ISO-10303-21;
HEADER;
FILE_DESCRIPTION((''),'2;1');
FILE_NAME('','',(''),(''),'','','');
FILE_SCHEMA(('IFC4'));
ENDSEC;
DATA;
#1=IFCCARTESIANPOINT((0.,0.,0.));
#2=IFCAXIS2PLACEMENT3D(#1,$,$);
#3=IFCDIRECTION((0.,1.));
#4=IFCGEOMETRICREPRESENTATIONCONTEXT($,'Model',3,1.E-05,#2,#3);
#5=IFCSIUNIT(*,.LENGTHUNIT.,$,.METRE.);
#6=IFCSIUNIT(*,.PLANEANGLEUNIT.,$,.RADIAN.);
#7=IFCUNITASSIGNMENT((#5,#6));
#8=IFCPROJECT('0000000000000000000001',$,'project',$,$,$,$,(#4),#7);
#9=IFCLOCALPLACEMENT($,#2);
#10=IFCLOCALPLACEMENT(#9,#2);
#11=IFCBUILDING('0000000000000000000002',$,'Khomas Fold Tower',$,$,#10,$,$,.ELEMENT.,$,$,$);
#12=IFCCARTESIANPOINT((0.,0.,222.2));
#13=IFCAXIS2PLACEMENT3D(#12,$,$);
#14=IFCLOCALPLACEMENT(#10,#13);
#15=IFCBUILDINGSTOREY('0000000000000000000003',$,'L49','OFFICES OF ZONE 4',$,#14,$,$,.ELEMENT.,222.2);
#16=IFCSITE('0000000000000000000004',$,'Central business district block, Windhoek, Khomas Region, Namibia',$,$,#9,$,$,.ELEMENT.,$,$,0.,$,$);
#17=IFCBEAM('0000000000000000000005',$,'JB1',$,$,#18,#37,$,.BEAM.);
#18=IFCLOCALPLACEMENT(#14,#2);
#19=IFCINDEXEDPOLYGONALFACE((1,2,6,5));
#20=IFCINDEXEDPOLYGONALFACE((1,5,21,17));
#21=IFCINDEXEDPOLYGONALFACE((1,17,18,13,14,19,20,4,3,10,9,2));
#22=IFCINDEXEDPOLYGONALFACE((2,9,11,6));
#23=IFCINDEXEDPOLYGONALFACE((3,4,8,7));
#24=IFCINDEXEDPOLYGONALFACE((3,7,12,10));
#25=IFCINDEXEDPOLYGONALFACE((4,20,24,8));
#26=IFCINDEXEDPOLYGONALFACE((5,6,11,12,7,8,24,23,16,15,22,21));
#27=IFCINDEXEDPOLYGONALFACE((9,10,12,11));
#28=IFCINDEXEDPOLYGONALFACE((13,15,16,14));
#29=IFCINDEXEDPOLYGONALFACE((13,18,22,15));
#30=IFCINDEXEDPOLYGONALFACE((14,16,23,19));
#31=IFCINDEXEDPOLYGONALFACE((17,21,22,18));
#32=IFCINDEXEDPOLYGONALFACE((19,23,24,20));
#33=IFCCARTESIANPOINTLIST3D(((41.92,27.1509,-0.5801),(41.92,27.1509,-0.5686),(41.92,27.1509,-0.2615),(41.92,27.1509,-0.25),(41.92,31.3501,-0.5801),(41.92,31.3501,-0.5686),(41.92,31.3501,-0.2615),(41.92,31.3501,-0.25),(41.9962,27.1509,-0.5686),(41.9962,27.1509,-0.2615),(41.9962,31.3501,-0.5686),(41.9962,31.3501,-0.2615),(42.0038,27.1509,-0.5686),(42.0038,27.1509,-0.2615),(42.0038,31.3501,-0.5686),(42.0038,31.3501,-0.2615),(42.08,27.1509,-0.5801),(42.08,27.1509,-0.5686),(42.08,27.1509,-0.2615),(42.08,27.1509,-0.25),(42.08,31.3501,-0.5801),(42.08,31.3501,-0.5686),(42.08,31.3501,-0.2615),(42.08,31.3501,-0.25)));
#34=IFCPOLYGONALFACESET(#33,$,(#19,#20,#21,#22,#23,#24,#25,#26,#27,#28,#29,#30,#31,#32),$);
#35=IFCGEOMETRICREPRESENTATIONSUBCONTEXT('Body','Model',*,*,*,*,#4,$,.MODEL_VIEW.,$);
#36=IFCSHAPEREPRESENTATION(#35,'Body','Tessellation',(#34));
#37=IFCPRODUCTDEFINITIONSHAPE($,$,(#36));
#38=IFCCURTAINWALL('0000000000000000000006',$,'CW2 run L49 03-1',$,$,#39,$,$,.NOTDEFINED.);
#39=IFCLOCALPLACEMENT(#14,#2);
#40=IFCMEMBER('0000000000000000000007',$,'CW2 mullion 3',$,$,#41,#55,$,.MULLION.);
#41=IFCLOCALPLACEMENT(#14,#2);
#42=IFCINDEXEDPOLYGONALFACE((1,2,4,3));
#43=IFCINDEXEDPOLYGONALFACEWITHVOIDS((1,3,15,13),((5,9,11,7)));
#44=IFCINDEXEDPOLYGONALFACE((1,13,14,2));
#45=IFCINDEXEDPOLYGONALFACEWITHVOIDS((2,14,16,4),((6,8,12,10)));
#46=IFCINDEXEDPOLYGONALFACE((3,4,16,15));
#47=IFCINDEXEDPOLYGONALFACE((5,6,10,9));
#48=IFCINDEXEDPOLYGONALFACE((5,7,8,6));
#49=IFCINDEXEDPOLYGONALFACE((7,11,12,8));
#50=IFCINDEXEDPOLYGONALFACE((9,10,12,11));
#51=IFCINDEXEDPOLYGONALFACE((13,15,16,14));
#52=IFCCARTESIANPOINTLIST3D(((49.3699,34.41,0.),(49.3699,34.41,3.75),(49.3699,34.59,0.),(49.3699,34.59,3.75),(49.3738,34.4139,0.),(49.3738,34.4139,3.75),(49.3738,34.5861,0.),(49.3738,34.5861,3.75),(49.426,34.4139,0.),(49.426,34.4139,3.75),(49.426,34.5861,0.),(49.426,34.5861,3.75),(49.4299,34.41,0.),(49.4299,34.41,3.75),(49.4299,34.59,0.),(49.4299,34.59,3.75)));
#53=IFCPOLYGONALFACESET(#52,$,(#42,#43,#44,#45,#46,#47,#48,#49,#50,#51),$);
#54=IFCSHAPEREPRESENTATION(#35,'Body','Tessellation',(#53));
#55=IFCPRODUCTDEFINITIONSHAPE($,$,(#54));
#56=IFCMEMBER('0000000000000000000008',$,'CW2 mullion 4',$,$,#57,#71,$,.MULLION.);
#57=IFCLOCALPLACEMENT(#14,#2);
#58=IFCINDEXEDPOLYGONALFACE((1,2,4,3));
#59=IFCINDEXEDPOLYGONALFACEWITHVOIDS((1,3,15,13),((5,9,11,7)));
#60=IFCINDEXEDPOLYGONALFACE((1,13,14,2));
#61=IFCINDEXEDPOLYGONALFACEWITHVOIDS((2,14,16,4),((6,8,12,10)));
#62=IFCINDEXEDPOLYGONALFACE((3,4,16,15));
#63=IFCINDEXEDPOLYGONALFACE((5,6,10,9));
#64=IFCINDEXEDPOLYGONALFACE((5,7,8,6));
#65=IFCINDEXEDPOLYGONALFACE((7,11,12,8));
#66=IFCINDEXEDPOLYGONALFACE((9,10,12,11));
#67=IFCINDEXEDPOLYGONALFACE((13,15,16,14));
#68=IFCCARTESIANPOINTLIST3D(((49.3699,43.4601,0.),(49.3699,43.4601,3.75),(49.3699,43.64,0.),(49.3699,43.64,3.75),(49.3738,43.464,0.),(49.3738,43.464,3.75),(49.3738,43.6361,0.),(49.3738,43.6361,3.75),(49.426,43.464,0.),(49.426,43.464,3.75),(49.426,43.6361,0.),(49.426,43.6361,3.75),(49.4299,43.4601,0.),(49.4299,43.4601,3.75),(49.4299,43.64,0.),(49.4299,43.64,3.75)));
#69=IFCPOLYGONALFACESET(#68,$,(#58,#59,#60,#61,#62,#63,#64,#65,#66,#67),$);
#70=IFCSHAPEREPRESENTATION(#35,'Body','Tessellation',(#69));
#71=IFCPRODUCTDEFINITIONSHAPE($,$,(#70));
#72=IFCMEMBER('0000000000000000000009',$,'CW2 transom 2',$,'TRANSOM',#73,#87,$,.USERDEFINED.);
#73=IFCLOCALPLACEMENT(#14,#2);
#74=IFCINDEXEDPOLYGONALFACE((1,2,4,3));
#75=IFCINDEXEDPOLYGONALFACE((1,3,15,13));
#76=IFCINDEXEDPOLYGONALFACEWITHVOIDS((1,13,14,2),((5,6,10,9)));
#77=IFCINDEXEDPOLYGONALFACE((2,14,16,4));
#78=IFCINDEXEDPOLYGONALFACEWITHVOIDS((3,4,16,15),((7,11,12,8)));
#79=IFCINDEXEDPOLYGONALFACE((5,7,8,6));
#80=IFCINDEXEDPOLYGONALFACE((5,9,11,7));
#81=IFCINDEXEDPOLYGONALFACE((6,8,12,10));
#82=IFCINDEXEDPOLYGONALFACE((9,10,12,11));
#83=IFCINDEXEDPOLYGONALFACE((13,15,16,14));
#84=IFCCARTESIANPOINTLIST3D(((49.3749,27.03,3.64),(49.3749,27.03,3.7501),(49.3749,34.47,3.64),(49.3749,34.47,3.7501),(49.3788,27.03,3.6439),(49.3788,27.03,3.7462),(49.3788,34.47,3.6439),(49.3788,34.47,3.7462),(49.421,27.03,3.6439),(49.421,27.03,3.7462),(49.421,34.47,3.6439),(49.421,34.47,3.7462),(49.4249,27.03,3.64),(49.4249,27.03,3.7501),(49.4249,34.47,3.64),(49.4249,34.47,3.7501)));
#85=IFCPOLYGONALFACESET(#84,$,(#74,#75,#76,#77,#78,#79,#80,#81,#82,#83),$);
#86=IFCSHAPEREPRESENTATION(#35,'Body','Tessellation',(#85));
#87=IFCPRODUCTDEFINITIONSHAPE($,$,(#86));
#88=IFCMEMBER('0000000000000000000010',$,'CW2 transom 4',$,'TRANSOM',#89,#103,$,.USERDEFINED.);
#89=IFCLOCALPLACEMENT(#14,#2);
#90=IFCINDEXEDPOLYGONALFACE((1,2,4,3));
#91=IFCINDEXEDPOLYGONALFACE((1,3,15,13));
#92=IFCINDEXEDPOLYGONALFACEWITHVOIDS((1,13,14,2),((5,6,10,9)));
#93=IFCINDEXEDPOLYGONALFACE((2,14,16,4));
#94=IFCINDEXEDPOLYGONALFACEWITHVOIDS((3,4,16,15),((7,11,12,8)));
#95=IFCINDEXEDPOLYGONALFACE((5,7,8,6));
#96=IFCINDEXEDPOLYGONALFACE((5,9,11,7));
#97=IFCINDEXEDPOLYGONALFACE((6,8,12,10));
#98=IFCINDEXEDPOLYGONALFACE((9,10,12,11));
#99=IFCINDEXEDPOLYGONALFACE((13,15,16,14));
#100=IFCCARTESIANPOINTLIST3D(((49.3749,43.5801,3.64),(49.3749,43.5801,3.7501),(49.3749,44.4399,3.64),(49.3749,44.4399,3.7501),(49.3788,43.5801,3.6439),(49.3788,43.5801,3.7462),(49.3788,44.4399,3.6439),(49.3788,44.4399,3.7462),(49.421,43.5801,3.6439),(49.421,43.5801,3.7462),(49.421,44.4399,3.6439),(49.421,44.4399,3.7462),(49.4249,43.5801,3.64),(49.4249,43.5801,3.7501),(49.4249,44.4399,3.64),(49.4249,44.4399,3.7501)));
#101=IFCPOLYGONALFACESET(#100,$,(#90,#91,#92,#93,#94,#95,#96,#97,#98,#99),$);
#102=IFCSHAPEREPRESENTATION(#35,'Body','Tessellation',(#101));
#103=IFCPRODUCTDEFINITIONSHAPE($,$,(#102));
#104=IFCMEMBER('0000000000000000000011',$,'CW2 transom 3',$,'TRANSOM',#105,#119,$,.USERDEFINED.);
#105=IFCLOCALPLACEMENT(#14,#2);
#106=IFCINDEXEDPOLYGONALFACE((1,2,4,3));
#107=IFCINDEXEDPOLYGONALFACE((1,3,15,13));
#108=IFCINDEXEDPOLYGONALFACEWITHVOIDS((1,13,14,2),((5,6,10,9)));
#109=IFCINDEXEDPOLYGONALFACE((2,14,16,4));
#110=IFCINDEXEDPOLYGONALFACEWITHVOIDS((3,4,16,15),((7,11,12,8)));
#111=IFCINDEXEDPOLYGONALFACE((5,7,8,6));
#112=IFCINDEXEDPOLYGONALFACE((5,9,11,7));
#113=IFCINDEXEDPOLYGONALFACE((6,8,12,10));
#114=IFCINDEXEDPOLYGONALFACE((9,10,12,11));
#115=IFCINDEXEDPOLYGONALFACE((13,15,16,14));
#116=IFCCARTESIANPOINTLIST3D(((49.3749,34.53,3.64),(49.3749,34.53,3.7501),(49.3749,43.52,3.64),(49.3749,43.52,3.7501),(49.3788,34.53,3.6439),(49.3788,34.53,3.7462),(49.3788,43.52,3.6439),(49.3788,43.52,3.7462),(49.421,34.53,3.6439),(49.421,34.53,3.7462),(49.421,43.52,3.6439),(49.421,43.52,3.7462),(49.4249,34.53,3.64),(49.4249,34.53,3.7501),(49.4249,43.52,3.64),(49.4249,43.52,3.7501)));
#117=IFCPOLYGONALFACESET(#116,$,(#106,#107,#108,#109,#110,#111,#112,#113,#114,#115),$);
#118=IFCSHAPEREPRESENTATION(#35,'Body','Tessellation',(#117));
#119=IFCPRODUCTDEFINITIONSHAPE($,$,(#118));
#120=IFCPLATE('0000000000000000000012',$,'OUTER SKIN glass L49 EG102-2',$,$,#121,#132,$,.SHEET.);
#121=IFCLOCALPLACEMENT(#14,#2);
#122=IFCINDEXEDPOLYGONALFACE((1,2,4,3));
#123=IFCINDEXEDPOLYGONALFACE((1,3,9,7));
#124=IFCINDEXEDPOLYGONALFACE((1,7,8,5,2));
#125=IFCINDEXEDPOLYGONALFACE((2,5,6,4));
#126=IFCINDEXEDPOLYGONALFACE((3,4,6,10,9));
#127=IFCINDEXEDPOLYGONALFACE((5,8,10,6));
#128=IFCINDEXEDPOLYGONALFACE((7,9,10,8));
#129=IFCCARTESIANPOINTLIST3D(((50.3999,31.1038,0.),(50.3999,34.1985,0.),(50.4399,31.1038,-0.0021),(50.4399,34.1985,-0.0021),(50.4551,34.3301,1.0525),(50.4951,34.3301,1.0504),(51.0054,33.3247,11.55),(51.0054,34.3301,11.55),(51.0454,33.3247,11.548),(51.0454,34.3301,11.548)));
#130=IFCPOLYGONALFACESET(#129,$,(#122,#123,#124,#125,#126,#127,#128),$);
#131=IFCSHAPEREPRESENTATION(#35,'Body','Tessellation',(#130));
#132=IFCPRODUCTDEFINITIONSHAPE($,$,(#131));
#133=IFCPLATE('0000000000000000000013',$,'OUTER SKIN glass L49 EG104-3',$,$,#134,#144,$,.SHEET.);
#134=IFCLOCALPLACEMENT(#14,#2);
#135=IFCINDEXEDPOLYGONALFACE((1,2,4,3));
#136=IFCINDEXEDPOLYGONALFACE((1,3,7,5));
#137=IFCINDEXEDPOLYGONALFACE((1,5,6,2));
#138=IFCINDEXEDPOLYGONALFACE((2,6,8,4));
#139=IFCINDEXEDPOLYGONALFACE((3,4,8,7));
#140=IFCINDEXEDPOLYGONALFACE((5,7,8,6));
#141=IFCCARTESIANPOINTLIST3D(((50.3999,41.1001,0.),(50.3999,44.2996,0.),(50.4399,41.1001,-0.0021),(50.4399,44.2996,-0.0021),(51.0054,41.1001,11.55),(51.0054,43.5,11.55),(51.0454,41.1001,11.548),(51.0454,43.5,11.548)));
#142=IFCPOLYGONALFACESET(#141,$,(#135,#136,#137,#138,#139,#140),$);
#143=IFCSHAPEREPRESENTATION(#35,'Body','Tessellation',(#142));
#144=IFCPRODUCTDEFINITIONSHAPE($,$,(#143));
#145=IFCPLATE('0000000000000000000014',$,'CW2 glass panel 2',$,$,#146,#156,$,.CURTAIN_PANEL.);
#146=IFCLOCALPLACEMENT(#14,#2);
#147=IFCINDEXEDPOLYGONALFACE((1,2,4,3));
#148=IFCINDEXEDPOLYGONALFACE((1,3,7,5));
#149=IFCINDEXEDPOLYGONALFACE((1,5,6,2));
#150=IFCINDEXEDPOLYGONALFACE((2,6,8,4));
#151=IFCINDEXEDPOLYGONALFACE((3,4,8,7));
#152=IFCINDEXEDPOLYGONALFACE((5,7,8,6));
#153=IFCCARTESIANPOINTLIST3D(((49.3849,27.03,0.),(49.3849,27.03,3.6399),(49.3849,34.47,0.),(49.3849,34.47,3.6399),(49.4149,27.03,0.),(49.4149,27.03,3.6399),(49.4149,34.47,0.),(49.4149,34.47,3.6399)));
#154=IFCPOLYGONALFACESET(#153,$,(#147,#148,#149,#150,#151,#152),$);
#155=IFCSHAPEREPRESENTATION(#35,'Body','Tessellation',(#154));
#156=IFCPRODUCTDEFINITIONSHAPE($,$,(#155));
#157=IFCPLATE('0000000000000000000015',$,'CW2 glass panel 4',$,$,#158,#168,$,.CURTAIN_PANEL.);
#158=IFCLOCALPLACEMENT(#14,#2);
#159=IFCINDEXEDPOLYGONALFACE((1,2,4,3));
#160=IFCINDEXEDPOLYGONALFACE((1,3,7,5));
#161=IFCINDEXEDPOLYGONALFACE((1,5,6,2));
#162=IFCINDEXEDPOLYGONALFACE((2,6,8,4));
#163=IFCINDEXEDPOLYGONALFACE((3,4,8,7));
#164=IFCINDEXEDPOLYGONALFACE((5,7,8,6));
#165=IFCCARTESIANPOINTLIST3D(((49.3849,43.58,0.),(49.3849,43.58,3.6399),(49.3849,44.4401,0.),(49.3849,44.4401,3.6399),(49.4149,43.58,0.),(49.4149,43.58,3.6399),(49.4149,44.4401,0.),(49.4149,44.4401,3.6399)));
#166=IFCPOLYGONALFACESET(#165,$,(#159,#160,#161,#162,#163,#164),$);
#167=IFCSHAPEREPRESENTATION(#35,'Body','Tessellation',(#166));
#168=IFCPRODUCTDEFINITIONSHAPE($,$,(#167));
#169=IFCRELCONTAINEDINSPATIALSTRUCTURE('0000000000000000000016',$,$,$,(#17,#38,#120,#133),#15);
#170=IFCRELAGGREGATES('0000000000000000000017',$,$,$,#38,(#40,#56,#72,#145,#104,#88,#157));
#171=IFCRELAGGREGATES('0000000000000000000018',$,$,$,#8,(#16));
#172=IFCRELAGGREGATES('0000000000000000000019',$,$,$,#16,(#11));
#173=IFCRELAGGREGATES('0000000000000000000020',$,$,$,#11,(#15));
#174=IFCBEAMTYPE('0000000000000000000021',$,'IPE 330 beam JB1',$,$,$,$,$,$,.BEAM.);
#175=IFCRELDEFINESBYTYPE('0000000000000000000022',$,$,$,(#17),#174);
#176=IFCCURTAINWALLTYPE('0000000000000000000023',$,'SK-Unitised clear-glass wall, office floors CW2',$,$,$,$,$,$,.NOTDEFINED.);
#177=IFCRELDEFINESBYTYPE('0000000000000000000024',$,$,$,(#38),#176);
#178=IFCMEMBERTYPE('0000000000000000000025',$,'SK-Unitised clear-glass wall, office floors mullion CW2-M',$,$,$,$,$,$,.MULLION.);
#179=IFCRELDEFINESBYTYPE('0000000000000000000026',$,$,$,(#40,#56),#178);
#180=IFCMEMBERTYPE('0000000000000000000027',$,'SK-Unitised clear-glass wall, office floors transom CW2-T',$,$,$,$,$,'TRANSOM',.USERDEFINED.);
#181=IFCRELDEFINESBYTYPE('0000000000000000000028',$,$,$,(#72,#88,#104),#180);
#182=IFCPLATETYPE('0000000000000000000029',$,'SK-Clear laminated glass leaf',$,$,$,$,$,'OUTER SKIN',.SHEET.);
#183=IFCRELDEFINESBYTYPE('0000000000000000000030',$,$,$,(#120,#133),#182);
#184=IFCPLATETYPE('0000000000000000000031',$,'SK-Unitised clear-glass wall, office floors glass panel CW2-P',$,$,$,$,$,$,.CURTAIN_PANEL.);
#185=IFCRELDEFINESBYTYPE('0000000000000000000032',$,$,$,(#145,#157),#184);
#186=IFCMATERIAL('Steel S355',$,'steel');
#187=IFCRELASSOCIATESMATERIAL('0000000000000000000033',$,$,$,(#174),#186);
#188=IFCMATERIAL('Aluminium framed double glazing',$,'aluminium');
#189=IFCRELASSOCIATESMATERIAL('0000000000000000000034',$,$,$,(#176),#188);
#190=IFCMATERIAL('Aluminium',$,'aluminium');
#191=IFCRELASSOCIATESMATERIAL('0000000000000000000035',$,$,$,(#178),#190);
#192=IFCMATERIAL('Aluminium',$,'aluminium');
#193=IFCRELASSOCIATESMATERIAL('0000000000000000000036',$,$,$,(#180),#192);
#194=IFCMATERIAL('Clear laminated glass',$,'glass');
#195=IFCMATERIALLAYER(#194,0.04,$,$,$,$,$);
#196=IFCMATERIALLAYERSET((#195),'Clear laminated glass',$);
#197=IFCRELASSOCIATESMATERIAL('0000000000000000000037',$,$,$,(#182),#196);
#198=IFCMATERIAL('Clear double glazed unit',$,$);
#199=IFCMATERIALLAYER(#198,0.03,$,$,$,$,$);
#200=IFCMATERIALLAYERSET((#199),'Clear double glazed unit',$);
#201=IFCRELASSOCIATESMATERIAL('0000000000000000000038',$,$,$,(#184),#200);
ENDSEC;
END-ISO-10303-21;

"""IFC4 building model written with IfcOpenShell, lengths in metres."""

from ifc_helpers import new_model, si_unit, direction, frame, origin, origin_2d, place, context, subcontext, project, spatial, polyline, rectangle, hollow_rectangle, i_section, outline, extrude, source, transform, mapped, material, layer, layer_set, material_profile, profile_set, type_object, element, aggregate, save


model = new_model("IFC4")

# Units and contexts
model_context = context("Model", 3, precision=1e-05, world=origin(), true_north=direction((0.0, 1.0)))
body_context = subcontext(model_context, "Body", "Model", "MODEL_VIEW")
ifc_project = project(units=[si_unit("LENGTHUNIT", "METRE"), si_unit("PLANEANGLEUNIT", "RADIAN")], contexts=[model_context])

# Site, building, storey
site_placement = place(None, origin())
site = spatial("IfcSite", under=ifc_project, at=site_placement, Name="Central business district block, Windhoek, Khomas Region, Namibia", CompositionType="ELEMENT", RefElevation=0.0)
building_placement = place(site_placement, origin())
building = spatial("IfcBuilding", under=site, at=building_placement, Name="Khomas Fold Tower", CompositionType="ELEMENT")
storey_placement = place(building_placement, frame((0.0, 0.0, 222.2)))
storey = spatial("IfcBuildingStorey", under=building, at=storey_placement, Name="L49", Description="OFFICES OF ZONE 4", CompositionType="ELEMENT", Elevation=222.2)

# Beam
ifc_material_1 = material(Name="Steel S355", Category="steel")
ifc_material_profile_1 = material_profile(ifc_material_1, i_section(OverallWidth=0.1599, OverallDepth=0.3301, WebThickness=0.0076, FlangeThickness=0.0115, at=origin_2d()), Name="IPE 330")
ifc_profile_set_1 = profile_set([ifc_material_profile_1], Name="Steel S355")
beam_type_1 = type_object("IfcBeamType", Name="IPE 330 beam JB1", PredefinedType="BEAM", material=ifc_profile_set_1)
shared_shape_1 = source(origin(), body_context, "Body", "SweptSolid", [
    extrude(i_section(OverallWidth=0.1599, OverallDepth=0.3301, WebThickness=0.0076, FlangeThickness=0.0115, at=origin_2d()), origin(), (0.0, 0.0, 1.0), 4.1992),
])
beam_1_placement = place(storey_placement, frame((42.0, 27.1509, -0.415), z_axis=(0.0, 1.0, 0.0), x_axis=(-1.0, 0.0, 0.0)))
element("IfcBeam", 1, at=beam_1_placement, inside=storey, type_object=beam_type_1, Name="JB1", PredefinedType="BEAM", context=body_context, shape_type="MappedRepresentation", body=[
    mapped(shared_shape_1, transform((0.0, 0.0, 0.0))),
])

# Curtain wall, members
ifc_material_2 = material(Name="Aluminium framed double glazing", Category="aluminium")
curtain_wall_type = type_object("IfcCurtainWallType", Name="SK-Unitised clear-glass wall, office floors CW2", PredefinedType="NOTDEFINED", material=ifc_material_2)
curtain_wall_placement = place(storey_placement, origin())
curtain_wall = element("IfcCurtainWall", 2, at=curtain_wall_placement, inside=storey, type_object=curtain_wall_type, Name="CW2 run L49 03-1", PredefinedType="NOTDEFINED")
ifc_material_3 = material(Name="Aluminium", Category="aluminium")
ifc_material_profile_2 = material_profile(ifc_material_3, hollow_rectangle(XDim=0.0601, YDim=0.1799, WallThickness=0.0039, at=origin_2d()), Name="SK-Unitised clear-glass wall, office floors mullion CW2-M")
ifc_profile_set_2 = profile_set([ifc_material_profile_2], Name="Aluminium")
member_type_1 = type_object("IfcMemberType", Name="SK-Unitised clear-glass wall, office floors mullion CW2-M", PredefinedType="MULLION", material=ifc_profile_set_2)
shared_shape_2 = source(origin(), body_context, "Body", "SweptSolid", [
    extrude(hollow_rectangle(XDim=0.0601, YDim=0.1799, WallThickness=0.0039, at=origin_2d()), origin(), (0.0, 0.0, 1.0), 3.75),
])
member_1_placement = place(storey_placement, frame((49.3999, 34.5, 0.0), z_axis=(0.0, 0.0, 1.0), x_axis=(-1.0, 0.0, 0.0)))
member_1 = element("IfcMember", 3, at=member_1_placement, type_object=member_type_1, Name="CW2 mullion 3", PredefinedType="MULLION", context=body_context, shape_type="MappedRepresentation", body=[
    mapped(shared_shape_2, transform((0.0, 0.0, 0.0))),
])
member_2_placement = place(storey_placement, frame((49.3999, 43.55, 0.0), z_axis=(0.0, 0.0, 1.0), x_axis=(-1.0, 0.0, 0.0)))
member_2 = element("IfcMember", 4, at=member_2_placement, type_object=member_type_1, Name="CW2 mullion 4", PredefinedType="MULLION", context=body_context, shape_type="MappedRepresentation", body=[
    mapped(shared_shape_2, transform((0.0, 0.0, 0.0))),
])
ifc_material_4 = material(Name="Aluminium", Category="aluminium")
ifc_material_profile_3 = material_profile(ifc_material_4, hollow_rectangle(XDim=0.05, YDim=0.1101, WallThickness=0.0039, at=origin_2d()), Name="SK-Unitised clear-glass wall, office floors transom CW2-T")
ifc_profile_set_3 = profile_set([ifc_material_profile_3], Name="Aluminium")
member_type_2 = type_object("IfcMemberType", Name="SK-Unitised clear-glass wall, office floors transom CW2-T", ElementType="TRANSOM", PredefinedType="USERDEFINED", material=ifc_profile_set_3)
shared_shape_3 = source(origin(), body_context, "Body", "SweptSolid", [
    extrude(hollow_rectangle(XDim=0.05, YDim=0.1101, WallThickness=0.0039, at=origin_2d()), origin(), (0.0, 0.0, 1.0), 7.4399),
])
member_3_placement = place(storey_placement, frame((49.3999, 27.03, 3.6951), z_axis=(0.0, 1.0, 0.0), x_axis=(-1.0, 0.0, 0.0)))
member_3 = element("IfcMember", 5, at=member_3_placement, type_object=member_type_2, Name="CW2 transom 2", ObjectType="TRANSOM", PredefinedType="USERDEFINED", context=body_context, shape_type="MappedRepresentation", body=[
    mapped(shared_shape_3, transform((0.0, 0.0, 0.0))),
])
shared_shape_4 = source(origin(), body_context, "Body", "SweptSolid", [
    extrude(hollow_rectangle(XDim=0.05, YDim=0.1101, WallThickness=0.0039, at=origin_2d()), origin(), (0.0, 0.0, 1.0), 0.8599),
])
member_4_placement = place(storey_placement, frame((49.3999, 43.5801, 3.6951), z_axis=(0.0, 1.0, 0.0), x_axis=(-1.0, 0.0, 0.0)))
member_4 = element("IfcMember", 6, at=member_4_placement, type_object=member_type_2, Name="CW2 transom 4", ObjectType="TRANSOM", PredefinedType="USERDEFINED", context=body_context, shape_type="MappedRepresentation", body=[
    mapped(shared_shape_4, transform((0.0, 0.0, 0.0))),
])
shared_shape_5 = source(origin(), body_context, "Body", "SweptSolid", [
    extrude(hollow_rectangle(XDim=0.05, YDim=0.1101, WallThickness=0.0039, at=origin_2d()), origin(), (0.0, 0.0, 1.0), 8.99),
])
member_5_placement = place(storey_placement, frame((49.3999, 34.53, 3.6951), z_axis=(0.0, 1.0, 0.0), x_axis=(-1.0, 0.0, 0.0)))
member_5 = element("IfcMember", 7, at=member_5_placement, type_object=member_type_2, Name="CW2 transom 3", ObjectType="TRANSOM", PredefinedType="USERDEFINED", context=body_context, shape_type="MappedRepresentation", body=[
    mapped(shared_shape_5, transform((0.0, 0.0, 0.0))),
])

# Plates
ifc_material_5 = material(Name="Clear laminated glass", Category="glass")
ifc_layer_1 = layer(ifc_material_5, 0.04)
ifc_layer_set_1 = layer_set([ifc_layer_1], Name="Clear laminated glass")
plate_type_1 = type_object("IfcPlateType", Name="SK-Clear laminated glass leaf", ElementType="OUTER SKIN", PredefinedType="SHEET", material=ifc_layer_set_1)
plate_1_placement = place(storey_placement, frame((51.0054, 33.3247, 11.55), z_axis=(-0.998629, 0.000001, 0.052349), x_axis=(0.000001, 1.0, 0.0)))
element("IfcPlate", 8, at=plate_1_placement, inside=storey, type_object=plate_type_1, Name="OUTER SKIN glass L49 EG102-2", PredefinedType="SHEET", context=body_context, shape_type="SweptSolid", body=[
    extrude(outline(polyline([(0.0, 0.0), (1.0054, 0.0), (1.0054, 10.512), (0.8738, 11.5659), (-2.2209, 11.5659), (0.0, 0.0)])), origin(), (0.0, 0.0, -1.0), 0.04),
])
plate_2_placement = place(storey_placement, frame((51.0054, 41.1001, 11.55), z_axis=(-0.998629, 0.0, 0.052349), x_axis=(0.0, 1.0, 0.0)))
element("IfcPlate", 9, at=plate_2_placement, inside=storey, type_object=plate_type_1, Name="OUTER SKIN glass L49 EG104-3", PredefinedType="SHEET", context=body_context, shape_type="SweptSolid", body=[
    extrude(outline(polyline([(0.0, 0.0), (2.3999, 0.0), (3.1995, 11.5659), (0.0, 11.5659), (0.0, 0.0)])), origin(), (0.0, 0.0, -1.0), 0.04),
])

# Plates
ifc_material_6 = material(Name="Clear double glazed unit")
ifc_layer_2 = layer(ifc_material_6, 0.03)
ifc_layer_set_2 = layer_set([ifc_layer_2], Name="Clear double glazed unit")
plate_type_2 = type_object("IfcPlateType", Name="SK-Unitised clear-glass wall, office floors glass panel CW2-P", PredefinedType="CURTAIN_PANEL", material=ifc_layer_set_2)
shared_shape_6 = source(origin(), body_context, "Body", "SweptSolid", [
    extrude(rectangle(XDim=7.4399, YDim=0.03, at=origin_2d()), origin(), (0.0, 0.0, 1.0), 3.6399),
])
plate_3_placement = place(storey_placement, frame((49.3999, 30.75, 0.0), z_axis=(0.0, 0.0, 1.0), x_axis=(0.0, 1.0, 0.0)))
plate_3 = element("IfcPlate", 10, at=plate_3_placement, type_object=plate_type_2, Name="CW2 glass panel 2", PredefinedType="CURTAIN_PANEL", context=body_context, shape_type="MappedRepresentation", body=[
    mapped(shared_shape_6, transform((0.0, 0.0, 0.0))),
])
shared_shape_7 = source(origin(), body_context, "Body", "SweptSolid", [
    extrude(rectangle(XDim=0.8601, YDim=0.03, at=origin_2d()), origin(), (0.0, 0.0, 1.0), 3.6399),
])
plate_4_placement = place(storey_placement, frame((49.3999, 44.01, 0.0), z_axis=(0.0, 0.0, 1.0), x_axis=(0.0, 1.0, 0.0)))
plate_4 = element("IfcPlate", 11, at=plate_4_placement, type_object=plate_type_2, Name="CW2 glass panel 4", PredefinedType="CURTAIN_PANEL", context=body_context, shape_type="MappedRepresentation", body=[
    mapped(shared_shape_7, transform((0.0, 0.0, 0.0))),
])
aggregate(curtain_wall, [member_1, member_2, member_3, plate_3, member_5, member_4, plate_4])

save(model, "model.ifc")
